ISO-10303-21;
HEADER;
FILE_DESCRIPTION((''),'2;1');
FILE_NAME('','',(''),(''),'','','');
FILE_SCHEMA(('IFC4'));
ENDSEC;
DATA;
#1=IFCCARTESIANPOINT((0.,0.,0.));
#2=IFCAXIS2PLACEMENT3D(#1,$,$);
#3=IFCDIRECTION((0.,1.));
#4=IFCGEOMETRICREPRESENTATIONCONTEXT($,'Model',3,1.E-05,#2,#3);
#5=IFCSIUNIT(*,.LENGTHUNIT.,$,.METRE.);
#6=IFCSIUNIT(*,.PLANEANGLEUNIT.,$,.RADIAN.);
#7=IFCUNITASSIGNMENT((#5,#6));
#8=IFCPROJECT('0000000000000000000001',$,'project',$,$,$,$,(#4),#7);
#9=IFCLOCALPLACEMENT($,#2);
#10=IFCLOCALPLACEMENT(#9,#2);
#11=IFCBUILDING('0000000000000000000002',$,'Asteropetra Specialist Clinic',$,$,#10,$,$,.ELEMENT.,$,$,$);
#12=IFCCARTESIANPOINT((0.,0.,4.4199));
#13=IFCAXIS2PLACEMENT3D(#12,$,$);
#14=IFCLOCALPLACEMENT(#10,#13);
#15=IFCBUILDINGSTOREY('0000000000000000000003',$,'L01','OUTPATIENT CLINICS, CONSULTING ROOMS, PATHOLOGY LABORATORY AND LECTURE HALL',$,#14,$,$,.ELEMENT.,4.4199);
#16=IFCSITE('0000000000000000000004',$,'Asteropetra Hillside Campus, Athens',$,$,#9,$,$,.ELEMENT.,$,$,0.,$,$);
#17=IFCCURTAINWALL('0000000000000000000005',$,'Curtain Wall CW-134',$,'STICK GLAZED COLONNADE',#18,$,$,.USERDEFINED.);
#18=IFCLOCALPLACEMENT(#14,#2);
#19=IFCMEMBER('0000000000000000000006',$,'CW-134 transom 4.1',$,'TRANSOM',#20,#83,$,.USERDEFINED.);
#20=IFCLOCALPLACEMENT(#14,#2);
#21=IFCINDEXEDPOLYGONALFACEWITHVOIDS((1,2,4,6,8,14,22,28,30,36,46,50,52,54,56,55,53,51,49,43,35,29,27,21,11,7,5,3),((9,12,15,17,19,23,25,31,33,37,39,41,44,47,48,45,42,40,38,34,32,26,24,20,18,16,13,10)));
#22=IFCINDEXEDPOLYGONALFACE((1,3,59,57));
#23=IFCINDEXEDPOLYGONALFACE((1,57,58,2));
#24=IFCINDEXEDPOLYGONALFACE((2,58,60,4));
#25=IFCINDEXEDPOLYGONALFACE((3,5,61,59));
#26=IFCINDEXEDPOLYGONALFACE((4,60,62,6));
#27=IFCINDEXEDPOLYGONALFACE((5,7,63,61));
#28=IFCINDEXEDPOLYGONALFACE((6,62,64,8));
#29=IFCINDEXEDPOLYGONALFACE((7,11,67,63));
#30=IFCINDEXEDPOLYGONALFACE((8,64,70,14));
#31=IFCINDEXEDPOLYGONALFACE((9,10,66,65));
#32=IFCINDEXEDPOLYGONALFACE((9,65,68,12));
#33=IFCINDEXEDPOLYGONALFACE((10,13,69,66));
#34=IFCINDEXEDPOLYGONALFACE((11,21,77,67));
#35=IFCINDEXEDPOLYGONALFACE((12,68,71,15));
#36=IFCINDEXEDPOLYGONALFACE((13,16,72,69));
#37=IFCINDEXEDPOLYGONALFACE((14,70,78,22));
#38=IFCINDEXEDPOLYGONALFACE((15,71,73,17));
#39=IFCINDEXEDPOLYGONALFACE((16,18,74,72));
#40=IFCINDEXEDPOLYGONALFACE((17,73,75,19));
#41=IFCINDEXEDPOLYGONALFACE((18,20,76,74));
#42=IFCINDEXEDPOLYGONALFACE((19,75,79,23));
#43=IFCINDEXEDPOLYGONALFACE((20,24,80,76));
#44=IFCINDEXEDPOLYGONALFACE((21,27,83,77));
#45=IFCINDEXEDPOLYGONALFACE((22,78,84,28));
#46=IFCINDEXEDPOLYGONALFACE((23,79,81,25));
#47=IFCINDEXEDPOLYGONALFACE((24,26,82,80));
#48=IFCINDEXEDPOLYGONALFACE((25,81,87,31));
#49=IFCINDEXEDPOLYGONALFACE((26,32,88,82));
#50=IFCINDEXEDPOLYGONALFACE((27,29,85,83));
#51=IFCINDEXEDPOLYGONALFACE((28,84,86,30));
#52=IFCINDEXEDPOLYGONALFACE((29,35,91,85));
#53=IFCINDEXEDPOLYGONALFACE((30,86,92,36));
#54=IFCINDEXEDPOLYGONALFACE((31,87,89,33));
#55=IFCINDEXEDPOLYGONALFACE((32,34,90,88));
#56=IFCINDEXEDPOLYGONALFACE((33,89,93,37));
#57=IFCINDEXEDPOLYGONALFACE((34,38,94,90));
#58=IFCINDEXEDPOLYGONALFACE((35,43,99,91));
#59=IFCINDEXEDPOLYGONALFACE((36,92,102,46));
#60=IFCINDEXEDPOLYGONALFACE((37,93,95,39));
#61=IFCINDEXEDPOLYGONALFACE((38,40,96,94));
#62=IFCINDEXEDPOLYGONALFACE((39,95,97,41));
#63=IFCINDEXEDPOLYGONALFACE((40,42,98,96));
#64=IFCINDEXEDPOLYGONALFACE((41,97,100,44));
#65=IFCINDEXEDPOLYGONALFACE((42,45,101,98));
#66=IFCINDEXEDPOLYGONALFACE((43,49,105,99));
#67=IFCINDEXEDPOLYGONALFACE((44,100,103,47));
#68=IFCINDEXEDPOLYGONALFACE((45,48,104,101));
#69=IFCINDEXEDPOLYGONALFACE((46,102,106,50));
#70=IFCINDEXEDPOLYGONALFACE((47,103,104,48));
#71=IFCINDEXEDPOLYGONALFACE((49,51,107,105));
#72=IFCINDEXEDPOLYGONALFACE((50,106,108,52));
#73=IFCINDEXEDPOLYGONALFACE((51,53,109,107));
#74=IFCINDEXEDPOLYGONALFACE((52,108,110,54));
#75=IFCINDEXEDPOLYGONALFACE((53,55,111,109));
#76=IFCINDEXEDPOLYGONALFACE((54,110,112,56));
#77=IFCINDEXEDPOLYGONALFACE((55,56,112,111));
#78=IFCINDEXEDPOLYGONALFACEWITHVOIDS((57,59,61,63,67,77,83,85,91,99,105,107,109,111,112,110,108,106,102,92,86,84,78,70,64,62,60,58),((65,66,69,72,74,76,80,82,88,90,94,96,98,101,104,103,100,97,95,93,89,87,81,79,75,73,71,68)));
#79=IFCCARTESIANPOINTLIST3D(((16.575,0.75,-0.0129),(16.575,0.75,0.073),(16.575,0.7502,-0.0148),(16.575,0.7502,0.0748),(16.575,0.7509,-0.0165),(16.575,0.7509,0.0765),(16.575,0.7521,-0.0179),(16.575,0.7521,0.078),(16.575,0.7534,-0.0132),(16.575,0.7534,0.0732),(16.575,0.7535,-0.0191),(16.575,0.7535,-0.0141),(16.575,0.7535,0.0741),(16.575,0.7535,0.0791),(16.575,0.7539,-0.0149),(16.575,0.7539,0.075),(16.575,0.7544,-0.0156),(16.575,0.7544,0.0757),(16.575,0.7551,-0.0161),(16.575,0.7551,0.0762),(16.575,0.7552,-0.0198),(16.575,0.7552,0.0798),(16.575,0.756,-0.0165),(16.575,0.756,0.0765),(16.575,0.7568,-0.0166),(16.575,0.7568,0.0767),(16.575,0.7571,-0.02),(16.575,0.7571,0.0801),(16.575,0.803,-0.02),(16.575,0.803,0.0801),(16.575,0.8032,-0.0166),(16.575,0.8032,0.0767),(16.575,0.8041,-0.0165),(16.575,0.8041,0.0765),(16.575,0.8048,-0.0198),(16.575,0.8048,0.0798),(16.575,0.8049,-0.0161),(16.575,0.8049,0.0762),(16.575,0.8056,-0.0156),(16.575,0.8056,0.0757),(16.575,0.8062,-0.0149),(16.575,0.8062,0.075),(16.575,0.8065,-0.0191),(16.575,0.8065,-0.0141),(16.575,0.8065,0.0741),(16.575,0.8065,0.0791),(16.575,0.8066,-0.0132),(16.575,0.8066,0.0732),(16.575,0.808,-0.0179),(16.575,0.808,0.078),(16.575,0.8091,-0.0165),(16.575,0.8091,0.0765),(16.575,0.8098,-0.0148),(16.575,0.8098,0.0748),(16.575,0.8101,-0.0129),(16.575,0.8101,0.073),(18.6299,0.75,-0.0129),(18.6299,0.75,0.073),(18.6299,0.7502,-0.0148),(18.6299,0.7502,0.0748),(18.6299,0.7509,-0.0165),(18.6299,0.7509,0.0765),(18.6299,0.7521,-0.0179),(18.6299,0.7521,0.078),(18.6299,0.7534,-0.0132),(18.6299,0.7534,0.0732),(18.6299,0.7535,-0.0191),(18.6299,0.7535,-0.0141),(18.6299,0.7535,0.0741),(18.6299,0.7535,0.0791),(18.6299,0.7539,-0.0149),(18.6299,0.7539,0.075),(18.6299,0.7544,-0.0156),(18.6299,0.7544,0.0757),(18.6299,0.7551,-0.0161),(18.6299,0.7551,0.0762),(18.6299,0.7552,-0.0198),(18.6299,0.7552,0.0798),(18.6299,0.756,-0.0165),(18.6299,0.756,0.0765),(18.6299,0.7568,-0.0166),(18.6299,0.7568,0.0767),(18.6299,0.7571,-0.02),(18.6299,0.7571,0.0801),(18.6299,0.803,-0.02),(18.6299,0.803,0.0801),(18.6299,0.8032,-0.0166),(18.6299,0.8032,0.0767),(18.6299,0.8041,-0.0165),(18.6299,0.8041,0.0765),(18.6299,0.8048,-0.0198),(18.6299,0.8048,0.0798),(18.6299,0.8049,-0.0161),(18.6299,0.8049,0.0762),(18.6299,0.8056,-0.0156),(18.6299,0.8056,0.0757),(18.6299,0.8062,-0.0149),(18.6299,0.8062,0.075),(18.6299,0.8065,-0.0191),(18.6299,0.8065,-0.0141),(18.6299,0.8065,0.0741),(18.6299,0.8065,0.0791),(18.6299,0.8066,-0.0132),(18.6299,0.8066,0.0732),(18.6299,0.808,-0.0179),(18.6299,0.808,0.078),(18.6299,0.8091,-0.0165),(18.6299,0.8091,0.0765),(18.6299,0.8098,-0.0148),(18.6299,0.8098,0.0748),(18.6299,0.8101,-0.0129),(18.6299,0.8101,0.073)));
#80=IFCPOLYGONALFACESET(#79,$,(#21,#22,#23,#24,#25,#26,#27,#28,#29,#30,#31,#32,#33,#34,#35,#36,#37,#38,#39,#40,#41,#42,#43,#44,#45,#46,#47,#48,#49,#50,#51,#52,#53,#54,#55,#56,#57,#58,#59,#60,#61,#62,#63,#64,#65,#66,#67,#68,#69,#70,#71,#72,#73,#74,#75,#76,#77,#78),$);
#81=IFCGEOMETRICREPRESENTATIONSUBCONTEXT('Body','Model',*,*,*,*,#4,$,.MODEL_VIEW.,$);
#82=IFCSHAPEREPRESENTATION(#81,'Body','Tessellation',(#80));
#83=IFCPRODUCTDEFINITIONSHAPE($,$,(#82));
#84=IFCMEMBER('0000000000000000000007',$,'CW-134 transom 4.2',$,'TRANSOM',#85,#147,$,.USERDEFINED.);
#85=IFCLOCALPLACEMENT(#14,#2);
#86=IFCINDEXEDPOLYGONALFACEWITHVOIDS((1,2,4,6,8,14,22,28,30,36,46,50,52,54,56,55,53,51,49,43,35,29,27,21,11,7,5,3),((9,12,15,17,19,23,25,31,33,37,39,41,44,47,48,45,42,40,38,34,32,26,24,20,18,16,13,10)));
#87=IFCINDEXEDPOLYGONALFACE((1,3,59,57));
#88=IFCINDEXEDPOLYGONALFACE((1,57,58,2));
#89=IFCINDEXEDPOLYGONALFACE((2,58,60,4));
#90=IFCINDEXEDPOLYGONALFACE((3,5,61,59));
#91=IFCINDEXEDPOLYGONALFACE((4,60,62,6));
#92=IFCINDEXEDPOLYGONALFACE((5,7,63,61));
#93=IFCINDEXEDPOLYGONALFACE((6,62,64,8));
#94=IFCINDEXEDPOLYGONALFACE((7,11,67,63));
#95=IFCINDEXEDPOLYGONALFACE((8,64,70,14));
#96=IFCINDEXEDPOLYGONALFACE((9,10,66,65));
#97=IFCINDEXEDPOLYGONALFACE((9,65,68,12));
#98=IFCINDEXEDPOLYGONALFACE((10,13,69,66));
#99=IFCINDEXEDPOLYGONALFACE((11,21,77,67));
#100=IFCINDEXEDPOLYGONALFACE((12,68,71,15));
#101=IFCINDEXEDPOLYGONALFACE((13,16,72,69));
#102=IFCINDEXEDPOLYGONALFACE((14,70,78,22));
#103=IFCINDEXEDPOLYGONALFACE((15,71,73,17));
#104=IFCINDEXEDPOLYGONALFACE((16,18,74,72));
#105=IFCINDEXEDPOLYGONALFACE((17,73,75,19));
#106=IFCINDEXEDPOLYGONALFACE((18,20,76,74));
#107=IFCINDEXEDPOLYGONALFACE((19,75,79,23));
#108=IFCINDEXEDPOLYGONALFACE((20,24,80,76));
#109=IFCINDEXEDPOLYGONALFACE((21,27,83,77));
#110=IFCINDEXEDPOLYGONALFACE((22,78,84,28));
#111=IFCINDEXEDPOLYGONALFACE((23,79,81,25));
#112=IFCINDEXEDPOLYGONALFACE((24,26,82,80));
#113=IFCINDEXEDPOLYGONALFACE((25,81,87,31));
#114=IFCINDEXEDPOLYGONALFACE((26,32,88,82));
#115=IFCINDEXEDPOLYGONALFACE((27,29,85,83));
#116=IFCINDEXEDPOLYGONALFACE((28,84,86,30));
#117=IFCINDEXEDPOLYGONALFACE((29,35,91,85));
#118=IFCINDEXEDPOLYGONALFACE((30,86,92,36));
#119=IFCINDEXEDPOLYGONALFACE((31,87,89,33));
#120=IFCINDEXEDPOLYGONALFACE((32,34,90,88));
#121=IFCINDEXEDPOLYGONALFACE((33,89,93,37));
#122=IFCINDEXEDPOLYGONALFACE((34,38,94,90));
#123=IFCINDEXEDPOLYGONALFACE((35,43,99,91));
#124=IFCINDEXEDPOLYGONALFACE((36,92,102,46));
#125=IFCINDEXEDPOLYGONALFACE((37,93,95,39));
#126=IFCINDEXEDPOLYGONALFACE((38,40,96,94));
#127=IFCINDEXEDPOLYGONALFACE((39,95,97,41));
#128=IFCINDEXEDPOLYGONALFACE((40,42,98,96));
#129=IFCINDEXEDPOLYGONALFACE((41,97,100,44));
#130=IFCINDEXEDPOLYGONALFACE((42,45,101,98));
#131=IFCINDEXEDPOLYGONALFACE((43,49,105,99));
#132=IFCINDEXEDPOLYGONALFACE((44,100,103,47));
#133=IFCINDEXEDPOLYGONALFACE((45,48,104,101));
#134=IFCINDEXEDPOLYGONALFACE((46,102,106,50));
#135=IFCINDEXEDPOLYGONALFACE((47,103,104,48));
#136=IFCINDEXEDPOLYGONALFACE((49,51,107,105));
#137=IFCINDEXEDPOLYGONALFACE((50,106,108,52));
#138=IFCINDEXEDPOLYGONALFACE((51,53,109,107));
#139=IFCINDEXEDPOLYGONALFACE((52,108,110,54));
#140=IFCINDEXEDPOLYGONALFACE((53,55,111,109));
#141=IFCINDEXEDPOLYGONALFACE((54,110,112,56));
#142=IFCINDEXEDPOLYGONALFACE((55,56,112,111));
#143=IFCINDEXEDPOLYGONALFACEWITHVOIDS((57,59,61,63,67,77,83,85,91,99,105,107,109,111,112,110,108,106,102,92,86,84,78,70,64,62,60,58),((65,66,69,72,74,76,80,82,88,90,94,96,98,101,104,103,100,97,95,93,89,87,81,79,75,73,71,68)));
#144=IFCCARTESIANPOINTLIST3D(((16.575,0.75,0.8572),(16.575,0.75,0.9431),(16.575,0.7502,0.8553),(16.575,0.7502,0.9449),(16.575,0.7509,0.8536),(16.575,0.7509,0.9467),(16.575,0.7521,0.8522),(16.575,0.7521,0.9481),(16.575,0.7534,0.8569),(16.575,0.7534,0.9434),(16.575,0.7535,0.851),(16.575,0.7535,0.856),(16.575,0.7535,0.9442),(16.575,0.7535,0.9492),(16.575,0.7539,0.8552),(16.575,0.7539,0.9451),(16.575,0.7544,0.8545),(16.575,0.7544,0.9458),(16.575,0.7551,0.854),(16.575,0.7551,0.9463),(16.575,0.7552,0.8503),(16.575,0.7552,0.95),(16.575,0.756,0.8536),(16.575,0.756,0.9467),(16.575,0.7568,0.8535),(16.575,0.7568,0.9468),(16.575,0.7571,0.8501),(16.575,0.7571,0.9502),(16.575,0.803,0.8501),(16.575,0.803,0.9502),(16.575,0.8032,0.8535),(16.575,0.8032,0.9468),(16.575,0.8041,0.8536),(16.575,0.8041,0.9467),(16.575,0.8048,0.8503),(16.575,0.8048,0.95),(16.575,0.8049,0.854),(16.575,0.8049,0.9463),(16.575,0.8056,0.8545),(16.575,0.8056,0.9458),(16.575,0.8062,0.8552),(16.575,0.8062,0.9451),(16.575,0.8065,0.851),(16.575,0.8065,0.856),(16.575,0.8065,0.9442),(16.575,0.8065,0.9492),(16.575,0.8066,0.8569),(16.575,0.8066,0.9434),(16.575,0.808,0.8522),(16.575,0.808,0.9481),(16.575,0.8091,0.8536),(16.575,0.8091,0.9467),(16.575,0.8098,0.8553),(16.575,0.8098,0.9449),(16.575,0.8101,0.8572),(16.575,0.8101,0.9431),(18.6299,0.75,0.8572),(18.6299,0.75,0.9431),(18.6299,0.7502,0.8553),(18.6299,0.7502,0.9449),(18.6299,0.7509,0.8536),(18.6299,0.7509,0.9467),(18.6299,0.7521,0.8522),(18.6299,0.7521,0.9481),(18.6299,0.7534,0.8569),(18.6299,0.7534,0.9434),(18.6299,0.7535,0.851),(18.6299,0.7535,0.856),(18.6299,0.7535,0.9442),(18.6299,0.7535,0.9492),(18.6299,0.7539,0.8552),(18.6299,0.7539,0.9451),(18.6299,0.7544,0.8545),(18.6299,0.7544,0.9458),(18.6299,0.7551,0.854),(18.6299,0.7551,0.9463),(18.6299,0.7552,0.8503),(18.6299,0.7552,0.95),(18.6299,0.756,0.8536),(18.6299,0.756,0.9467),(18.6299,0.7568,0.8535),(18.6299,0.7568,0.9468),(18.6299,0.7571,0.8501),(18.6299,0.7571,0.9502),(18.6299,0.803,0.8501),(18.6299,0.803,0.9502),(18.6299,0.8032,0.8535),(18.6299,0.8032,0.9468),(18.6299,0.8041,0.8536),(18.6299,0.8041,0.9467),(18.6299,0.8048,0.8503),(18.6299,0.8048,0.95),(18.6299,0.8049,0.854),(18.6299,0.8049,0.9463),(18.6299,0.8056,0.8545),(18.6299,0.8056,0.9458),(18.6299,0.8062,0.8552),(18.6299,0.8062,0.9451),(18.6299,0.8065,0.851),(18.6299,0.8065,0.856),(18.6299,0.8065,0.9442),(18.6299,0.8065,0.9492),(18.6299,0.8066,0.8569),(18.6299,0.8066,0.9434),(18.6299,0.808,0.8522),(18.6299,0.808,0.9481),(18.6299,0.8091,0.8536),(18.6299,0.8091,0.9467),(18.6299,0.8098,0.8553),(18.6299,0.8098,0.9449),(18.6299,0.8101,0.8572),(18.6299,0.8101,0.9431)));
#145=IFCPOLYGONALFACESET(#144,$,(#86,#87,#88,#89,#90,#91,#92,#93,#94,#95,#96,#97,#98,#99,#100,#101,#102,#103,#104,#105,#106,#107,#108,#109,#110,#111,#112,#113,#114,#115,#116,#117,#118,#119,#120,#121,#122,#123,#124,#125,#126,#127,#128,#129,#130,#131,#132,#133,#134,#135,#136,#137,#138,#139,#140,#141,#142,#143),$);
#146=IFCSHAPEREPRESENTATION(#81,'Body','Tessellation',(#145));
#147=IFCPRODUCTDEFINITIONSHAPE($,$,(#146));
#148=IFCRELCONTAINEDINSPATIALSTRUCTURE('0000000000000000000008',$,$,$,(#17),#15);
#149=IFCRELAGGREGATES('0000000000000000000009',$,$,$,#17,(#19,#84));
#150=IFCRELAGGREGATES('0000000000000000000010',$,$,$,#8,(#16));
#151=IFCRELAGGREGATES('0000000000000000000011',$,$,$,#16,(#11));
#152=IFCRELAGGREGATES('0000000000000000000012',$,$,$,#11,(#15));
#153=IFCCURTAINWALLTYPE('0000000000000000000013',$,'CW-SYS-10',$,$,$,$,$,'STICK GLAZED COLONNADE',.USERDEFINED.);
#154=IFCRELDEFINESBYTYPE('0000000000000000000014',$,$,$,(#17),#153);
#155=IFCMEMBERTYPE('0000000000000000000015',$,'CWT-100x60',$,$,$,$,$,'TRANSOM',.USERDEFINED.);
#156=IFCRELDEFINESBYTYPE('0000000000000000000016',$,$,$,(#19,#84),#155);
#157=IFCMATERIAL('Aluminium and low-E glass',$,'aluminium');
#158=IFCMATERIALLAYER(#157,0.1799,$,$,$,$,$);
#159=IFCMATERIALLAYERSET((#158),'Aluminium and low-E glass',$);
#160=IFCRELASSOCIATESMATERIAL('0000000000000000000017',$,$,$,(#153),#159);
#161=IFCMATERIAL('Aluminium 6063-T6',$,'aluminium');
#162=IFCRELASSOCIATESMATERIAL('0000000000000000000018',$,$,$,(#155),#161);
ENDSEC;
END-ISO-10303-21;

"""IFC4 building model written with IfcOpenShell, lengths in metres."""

from ifc_helpers import new_model, si_unit, direction, frame, origin, origin_2d, place, context, subcontext, project, spatial, hollow_rectangle, extrude, material, layer, layer_set, material_profile, profile_set, type_object, element, aggregate, save


model = new_model("IFC4")

# Units and contexts
model_context = context("Model", 3, precision=1e-05, world=origin(), true_north=direction((0.0, 1.0)))
body_context = subcontext(model_context, "Body", "Model", "MODEL_VIEW")
ifc_project = project(units=[si_unit("LENGTHUNIT", "METRE"), si_unit("PLANEANGLEUNIT", "RADIAN")], contexts=[model_context])

# Site, building, storey
site_placement = place(None, origin())
site = spatial("IfcSite", under=ifc_project, at=site_placement, Name="Asteropetra Hillside Campus, Athens", CompositionType="ELEMENT", RefElevation=0.0)
building_placement = place(site_placement, origin())
building = spatial("IfcBuilding", under=site, at=building_placement, Name="Asteropetra Specialist Clinic", CompositionType="ELEMENT")
storey_placement = place(building_placement, frame((0.0, 0.0, 4.4199)))
storey = spatial("IfcBuildingStorey", under=building, at=storey_placement, Name="L01", Description="OUTPATIENT CLINICS, CONSULTING ROOMS, PATHOLOGY LABORATORY AND LECTURE HALL", CompositionType="ELEMENT", Elevation=4.4199)

# Curtain wall, members
ifc_material_1 = material(Name="Aluminium and low-E glass", Category="aluminium")
ifc_layer_1 = layer(ifc_material_1, 0.1799)
ifc_layer_set_1 = layer_set([ifc_layer_1], Name="Aluminium and low-E glass")
curtain_wall_type = type_object("IfcCurtainWallType", Name="CW-SYS-10", ElementType="STICK GLAZED COLONNADE", PredefinedType="USERDEFINED", material=ifc_layer_set_1)
curtain_wall_placement = place(storey_placement, origin())
curtain_wall = element("IfcCurtainWall", 1, at=curtain_wall_placement, inside=storey, type_object=curtain_wall_type, Name="Curtain Wall CW-134", ObjectType="STICK GLAZED COLONNADE", PredefinedType="USERDEFINED")
ifc_material_2 = material(Name="Aluminium 6063-T6", Category="aluminium")
ifc_material_profile_1 = material_profile(ifc_material_2, hollow_rectangle(XDim=0.0601, YDim=0.1001, WallThickness=0.0034, InnerFilletRadius=0.0034, OuterFilletRadius=0.0071, at=origin_2d()), Name="TRN 100x60x3.5")
ifc_profile_set_1 = profile_set([ifc_material_profile_1], Name="Aluminium 6063-T6")
member_type_1 = type_object("IfcMemberType", Name="CWT-100x60", ElementType="TRANSOM", PredefinedType="USERDEFINED", material=ifc_profile_set_1)
member_1_placement = place(storey_placement, frame((16.575, 0.78, 0.03), z_axis=(1.0, 0.0, 0.0), x_axis=(0.0, 1.0, 0.0)))
member_1 = element("IfcMember", 2, at=member_1_placement, type_object=member_type_1, Name="CW-134 transom 4.1", ObjectType="TRANSOM", PredefinedType="USERDEFINED", context=body_context, shape_type="SweptSolid", body=[
    extrude(hollow_rectangle(XDim=0.0601, YDim=0.1001, WallThickness=0.0034, InnerFilletRadius=0.0034, OuterFilletRadius=0.0071, at=origin_2d()), origin(), (0.0, 0.0, 1.0), 2.0549),
])
member_2_placement = place(storey_placement, frame((16.575, 0.78, 0.9001), z_axis=(1.0, 0.0, 0.0), x_axis=(0.0, 1.0, 0.0)))
member_2 = element("IfcMember", 3, at=member_2_placement, type_object=member_type_1, Name="CW-134 transom 4.2", ObjectType="TRANSOM", PredefinedType="USERDEFINED", context=body_context, shape_type="SweptSolid", body=[
    extrude(hollow_rectangle(XDim=0.0601, YDim=0.1001, WallThickness=0.0034, InnerFilletRadius=0.0034, OuterFilletRadius=0.0071, at=origin_2d()), origin(), (0.0, 0.0, 1.0), 2.0549),
])

aggregate(curtain_wall, [member_1, member_2])

save(model, "model.ifc")
